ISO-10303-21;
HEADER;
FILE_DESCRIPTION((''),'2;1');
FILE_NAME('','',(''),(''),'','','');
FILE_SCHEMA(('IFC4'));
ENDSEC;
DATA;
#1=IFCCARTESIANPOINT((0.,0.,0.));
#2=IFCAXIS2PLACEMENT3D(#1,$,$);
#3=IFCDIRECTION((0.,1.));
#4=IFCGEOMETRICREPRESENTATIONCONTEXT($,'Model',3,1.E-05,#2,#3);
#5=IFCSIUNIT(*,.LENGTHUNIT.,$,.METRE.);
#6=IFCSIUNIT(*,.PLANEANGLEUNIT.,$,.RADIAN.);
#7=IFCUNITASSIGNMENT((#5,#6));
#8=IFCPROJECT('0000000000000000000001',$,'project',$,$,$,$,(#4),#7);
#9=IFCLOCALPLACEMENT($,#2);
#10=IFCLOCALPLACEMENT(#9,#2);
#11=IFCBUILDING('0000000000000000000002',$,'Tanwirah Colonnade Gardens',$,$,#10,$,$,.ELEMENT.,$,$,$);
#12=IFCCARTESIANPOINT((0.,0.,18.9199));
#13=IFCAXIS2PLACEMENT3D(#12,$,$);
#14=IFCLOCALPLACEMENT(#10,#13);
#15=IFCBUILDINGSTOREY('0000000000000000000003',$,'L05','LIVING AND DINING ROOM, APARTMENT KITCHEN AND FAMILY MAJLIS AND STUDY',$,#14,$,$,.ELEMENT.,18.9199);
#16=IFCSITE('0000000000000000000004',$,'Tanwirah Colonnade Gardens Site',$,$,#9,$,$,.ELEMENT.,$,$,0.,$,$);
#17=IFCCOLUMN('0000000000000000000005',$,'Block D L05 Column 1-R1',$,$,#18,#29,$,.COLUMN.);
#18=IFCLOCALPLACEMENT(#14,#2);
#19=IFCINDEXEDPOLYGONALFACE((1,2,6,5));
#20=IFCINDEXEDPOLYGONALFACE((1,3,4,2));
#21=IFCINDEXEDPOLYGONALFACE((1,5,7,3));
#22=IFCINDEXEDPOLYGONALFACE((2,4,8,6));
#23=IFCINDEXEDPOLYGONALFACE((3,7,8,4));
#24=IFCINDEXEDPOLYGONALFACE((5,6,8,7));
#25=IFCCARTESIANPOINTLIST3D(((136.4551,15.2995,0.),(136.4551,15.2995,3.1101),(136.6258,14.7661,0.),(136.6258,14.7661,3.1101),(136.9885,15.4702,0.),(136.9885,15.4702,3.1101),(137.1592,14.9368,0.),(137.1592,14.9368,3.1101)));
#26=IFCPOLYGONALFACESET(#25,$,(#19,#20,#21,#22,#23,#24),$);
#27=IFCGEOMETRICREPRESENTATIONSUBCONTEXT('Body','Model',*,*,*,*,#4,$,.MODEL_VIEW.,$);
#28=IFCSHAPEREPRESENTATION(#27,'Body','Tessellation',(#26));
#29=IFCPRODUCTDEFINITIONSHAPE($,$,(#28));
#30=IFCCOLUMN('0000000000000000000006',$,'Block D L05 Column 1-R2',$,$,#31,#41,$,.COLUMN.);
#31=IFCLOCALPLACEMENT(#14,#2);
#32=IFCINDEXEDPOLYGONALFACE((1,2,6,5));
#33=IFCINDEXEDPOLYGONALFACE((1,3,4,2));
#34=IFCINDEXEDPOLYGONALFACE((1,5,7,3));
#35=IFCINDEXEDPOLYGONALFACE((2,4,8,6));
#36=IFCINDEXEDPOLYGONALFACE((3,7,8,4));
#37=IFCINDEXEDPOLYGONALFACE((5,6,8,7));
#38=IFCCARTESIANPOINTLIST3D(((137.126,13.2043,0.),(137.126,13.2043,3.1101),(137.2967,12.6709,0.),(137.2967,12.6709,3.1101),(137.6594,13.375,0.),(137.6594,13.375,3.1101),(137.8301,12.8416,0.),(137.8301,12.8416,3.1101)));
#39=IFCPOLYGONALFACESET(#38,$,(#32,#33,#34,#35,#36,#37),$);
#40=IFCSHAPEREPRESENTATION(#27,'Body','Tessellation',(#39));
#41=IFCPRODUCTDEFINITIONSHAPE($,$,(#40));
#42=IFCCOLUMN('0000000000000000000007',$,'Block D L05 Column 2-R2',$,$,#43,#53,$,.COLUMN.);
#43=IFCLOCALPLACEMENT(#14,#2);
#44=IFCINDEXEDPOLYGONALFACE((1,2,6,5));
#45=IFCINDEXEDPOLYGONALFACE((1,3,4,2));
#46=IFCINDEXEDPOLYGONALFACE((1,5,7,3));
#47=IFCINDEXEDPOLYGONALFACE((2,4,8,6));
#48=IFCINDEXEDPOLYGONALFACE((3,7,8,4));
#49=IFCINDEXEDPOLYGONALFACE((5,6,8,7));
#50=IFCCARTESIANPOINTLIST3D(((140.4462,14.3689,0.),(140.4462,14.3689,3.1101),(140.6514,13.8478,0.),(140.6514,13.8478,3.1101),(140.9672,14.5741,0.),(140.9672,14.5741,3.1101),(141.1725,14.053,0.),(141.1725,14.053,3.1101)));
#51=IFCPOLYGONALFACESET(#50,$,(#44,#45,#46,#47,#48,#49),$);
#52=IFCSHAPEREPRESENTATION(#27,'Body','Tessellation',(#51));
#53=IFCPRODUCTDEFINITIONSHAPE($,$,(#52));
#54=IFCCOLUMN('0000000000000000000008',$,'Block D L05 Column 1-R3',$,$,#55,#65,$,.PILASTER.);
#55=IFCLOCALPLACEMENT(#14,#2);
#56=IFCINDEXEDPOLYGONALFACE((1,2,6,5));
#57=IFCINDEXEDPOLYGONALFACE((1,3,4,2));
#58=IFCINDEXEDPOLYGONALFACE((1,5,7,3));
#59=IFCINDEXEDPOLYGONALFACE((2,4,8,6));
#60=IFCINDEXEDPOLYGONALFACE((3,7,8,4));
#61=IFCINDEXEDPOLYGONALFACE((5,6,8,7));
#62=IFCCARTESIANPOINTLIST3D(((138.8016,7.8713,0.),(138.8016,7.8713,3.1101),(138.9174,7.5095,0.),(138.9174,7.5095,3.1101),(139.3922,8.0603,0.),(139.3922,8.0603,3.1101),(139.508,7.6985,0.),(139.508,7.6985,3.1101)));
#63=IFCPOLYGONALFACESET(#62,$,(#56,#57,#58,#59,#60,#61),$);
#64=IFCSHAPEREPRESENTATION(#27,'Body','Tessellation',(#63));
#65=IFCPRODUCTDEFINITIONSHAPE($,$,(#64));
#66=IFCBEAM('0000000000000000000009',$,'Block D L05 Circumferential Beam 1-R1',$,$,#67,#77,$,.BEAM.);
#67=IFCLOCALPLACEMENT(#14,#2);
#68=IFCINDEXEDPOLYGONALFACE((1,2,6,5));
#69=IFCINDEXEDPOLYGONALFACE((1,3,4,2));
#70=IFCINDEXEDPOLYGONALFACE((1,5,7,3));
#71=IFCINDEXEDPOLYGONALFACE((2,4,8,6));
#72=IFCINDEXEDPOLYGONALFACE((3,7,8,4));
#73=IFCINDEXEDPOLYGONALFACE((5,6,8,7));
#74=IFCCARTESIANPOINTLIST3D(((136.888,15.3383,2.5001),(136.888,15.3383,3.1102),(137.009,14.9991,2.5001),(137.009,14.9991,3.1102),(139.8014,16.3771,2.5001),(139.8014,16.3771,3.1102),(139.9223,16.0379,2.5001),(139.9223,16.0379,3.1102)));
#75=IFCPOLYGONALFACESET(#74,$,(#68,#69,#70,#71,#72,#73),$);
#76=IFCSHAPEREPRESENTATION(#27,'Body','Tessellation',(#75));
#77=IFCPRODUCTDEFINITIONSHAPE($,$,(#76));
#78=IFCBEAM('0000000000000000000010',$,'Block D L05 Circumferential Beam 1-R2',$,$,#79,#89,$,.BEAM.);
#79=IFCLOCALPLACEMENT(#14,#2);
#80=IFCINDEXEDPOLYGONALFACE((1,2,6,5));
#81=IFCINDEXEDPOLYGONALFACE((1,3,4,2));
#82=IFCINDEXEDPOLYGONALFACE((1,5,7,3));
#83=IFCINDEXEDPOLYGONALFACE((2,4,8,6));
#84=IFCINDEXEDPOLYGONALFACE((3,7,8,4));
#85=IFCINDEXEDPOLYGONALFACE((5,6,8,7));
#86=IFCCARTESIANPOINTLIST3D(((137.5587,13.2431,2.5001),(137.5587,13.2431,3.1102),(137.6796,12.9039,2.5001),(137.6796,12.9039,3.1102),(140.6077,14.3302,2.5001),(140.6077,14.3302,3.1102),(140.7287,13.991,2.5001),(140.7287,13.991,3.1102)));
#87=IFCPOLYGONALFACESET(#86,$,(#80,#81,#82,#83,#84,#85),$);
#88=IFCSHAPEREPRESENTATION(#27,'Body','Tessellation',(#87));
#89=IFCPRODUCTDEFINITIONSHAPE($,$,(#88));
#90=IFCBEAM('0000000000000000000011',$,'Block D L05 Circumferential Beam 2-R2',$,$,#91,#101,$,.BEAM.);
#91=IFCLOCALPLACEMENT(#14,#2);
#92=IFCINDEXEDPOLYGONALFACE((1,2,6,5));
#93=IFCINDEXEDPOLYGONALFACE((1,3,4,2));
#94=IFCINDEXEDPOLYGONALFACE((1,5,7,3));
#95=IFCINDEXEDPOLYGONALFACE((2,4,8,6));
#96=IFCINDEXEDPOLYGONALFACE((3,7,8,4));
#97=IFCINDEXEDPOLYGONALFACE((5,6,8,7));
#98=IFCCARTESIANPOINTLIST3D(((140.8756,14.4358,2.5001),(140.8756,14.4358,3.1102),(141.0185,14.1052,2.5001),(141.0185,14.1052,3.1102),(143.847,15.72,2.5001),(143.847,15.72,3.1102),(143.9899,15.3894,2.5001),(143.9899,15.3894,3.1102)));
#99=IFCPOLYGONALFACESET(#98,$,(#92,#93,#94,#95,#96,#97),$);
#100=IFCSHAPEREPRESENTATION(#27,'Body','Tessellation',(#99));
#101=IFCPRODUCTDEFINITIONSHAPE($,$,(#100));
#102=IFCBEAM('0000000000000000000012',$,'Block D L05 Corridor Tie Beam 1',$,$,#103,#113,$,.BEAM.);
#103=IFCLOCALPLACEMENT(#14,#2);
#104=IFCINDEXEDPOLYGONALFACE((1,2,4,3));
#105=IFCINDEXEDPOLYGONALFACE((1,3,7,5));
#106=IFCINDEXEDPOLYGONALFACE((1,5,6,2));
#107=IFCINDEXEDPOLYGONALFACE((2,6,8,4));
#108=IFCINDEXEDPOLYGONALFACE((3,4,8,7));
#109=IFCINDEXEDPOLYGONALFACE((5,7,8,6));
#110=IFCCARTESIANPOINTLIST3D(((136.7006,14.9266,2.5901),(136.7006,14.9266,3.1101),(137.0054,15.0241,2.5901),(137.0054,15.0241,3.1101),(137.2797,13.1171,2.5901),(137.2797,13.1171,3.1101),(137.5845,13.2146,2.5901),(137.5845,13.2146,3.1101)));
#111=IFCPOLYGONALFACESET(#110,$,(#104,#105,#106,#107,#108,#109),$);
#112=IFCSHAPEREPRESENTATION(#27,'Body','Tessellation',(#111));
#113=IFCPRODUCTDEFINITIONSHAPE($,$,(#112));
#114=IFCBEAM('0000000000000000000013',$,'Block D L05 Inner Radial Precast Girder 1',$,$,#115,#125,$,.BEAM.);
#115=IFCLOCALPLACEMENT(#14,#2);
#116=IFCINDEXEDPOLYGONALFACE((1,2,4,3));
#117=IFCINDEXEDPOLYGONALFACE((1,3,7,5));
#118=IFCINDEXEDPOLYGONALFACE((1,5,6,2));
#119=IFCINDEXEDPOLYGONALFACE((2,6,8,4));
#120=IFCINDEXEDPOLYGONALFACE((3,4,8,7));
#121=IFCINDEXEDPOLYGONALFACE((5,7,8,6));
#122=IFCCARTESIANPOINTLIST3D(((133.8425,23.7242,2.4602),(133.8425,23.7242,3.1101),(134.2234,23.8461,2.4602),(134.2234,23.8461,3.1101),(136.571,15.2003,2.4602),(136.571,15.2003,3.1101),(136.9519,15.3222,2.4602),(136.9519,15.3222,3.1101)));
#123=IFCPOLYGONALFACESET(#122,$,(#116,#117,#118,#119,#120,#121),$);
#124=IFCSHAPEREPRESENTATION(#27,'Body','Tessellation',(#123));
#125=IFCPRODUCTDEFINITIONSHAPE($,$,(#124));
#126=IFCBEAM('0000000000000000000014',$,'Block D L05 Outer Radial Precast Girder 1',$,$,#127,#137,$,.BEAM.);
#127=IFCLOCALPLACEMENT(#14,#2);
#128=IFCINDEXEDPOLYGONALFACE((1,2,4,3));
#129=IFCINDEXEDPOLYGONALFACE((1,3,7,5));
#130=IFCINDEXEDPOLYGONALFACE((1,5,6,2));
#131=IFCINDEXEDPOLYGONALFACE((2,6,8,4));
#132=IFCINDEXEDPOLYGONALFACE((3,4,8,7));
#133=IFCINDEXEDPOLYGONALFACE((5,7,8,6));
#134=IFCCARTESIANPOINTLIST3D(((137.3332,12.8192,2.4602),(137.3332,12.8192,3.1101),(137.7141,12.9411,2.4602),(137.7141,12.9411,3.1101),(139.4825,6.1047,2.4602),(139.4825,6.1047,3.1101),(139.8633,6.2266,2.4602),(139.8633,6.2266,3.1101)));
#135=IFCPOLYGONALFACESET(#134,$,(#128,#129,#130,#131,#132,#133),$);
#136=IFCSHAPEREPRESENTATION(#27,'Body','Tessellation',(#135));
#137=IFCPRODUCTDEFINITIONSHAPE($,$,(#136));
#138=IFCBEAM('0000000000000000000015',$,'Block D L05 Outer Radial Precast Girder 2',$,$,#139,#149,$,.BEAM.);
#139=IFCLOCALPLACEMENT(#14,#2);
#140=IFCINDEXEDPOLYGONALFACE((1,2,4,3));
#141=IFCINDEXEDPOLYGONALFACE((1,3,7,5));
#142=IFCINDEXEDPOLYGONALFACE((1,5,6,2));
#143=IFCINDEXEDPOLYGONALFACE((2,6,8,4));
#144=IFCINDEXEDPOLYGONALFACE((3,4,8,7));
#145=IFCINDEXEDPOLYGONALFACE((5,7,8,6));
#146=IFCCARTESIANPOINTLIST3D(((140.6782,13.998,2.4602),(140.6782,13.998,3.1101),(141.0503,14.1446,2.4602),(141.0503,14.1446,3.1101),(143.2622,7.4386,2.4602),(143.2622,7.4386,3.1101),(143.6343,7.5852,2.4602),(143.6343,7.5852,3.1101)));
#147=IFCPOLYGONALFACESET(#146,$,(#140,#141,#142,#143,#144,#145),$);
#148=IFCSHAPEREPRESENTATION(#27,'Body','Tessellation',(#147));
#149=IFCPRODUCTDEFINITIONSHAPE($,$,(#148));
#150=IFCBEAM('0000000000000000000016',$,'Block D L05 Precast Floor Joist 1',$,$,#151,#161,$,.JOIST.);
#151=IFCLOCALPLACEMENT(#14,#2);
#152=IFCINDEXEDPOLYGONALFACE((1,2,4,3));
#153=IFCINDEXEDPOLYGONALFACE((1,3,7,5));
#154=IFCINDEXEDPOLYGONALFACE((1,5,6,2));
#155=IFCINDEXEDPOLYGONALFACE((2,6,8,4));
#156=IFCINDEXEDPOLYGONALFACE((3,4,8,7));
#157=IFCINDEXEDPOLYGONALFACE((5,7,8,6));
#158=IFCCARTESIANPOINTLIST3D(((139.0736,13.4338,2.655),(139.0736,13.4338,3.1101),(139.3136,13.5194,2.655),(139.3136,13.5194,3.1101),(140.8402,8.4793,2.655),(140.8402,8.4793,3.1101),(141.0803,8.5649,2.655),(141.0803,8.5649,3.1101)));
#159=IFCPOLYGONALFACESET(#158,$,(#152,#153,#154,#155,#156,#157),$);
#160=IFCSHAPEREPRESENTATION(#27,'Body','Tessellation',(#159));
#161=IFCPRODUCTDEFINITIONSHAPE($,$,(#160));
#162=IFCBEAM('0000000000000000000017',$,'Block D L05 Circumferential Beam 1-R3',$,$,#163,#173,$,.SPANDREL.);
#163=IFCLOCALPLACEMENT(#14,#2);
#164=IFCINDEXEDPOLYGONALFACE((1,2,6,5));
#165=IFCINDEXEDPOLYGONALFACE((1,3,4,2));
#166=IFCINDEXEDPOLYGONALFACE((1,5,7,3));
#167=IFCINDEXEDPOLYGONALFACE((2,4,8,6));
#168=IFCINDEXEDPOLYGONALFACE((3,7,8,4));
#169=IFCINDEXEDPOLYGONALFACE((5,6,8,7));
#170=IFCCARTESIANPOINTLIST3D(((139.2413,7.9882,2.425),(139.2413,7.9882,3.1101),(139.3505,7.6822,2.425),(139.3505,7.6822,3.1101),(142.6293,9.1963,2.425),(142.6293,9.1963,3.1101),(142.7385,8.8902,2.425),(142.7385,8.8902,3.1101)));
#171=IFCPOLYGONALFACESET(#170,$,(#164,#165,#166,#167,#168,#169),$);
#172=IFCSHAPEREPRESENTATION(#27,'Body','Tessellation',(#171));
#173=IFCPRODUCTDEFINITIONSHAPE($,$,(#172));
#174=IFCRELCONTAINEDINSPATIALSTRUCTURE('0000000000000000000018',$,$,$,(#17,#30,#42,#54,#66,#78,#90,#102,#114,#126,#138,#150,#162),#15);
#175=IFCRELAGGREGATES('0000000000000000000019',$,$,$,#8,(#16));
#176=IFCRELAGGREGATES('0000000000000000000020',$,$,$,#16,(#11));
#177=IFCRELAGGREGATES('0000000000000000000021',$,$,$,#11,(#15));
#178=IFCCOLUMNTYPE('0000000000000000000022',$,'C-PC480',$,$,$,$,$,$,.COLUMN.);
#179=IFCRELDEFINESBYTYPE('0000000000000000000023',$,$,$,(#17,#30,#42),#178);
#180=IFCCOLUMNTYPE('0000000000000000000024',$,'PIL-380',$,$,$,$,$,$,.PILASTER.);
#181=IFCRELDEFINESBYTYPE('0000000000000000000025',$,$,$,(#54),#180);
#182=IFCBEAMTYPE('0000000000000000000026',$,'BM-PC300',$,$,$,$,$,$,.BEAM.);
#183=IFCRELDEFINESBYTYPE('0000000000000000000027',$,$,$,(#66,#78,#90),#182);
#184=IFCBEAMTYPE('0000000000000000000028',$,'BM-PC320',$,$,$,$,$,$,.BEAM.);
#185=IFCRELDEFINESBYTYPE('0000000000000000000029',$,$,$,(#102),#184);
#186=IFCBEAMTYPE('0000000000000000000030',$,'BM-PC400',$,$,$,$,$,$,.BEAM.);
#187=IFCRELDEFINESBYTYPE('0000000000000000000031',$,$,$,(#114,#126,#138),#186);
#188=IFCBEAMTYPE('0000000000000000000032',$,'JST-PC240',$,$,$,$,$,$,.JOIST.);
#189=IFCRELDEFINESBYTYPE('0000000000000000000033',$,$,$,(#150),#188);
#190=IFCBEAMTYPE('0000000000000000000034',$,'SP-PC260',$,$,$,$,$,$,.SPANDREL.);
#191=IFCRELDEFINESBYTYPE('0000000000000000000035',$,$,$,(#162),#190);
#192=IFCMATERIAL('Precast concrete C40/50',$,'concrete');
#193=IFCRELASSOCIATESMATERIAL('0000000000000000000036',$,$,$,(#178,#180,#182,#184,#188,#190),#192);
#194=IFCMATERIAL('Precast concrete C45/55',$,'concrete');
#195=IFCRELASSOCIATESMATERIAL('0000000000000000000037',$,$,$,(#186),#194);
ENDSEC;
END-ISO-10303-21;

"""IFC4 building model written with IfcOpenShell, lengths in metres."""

from ifc_helpers import new_model, si_unit, direction, frame, origin, origin_2d, place, context, subcontext, project, spatial, rectangle, extrude, material, material_profile, profile_set, type_object, element, save


model = new_model("IFC4")

# Units and contexts
model_context = context("Model", 3, precision=1e-05, world=origin(), true_north=direction((0.0, 1.0)))
body_context = subcontext(model_context, "Body", "Model", "MODEL_VIEW")
ifc_project = project(units=[si_unit("LENGTHUNIT", "METRE"), si_unit("PLANEANGLEUNIT", "RADIAN")], contexts=[model_context])

# Site, building, storey
site_placement = place(None, origin())
site = spatial("IfcSite", under=ifc_project, at=site_placement, Name="Tanwirah Colonnade Gardens Site", CompositionType="ELEMENT", RefElevation=0.0)
building_placement = place(site_placement, origin())
building = spatial("IfcBuilding", under=site, at=building_placement, Name="Tanwirah Colonnade Gardens", CompositionType="ELEMENT")
storey_placement = place(building_placement, frame((0.0, 0.0, 18.9199)))
storey = spatial("IfcBuildingStorey", under=building, at=storey_placement, Name="L05", Description="LIVING AND DINING ROOM, APARTMENT KITCHEN AND FAMILY MAJLIS AND STUDY", CompositionType="ELEMENT", Elevation=18.9199)

# Columns
ifc_material_1 = material(Name="Precast concrete C40/50", Category="concrete")
ifc_material_profile_1 = material_profile(ifc_material_1, rectangle(XDim=0.5601, YDim=0.5601, at=origin_2d()), Name="PC-COL 560x560")
ifc_profile_set_1 = profile_set([ifc_material_profile_1], Name="Precast concrete C40/50")
column_type_1 = type_object("IfcColumnType", Name="C-PC480", PredefinedType="COLUMN", material=ifc_profile_set_1)
for number, where, z_axis, x_axis, name in (
    (1, (136.8071, 15.1182, 0.0), (0.0, 0.0, 1.0), (0.304864, -0.952396, 0.0), "Block D L05 Column 1-R1"),
    (2, (137.478, 13.0229, 0.0), (0.0, 0.0, 1.0), (0.304864, -0.952396, 0.0), "Block D L05 Column 1-R2"),
    (3, (140.8093, 14.2109, 0.0), (0.0, 0.0, 1.0), (0.366501, -0.930418, 0.0), "Block D L05 Column 2-R2"),
):
    element("IfcColumn", number, at=place(storey_placement, frame(where, z_axis=z_axis, x_axis=x_axis)), inside=storey, type_object=column_type_1, Name=name, PredefinedType="COLUMN", context=body_context, shape_type="SweptSolid", body=[
        extrude(rectangle(XDim=0.5601, YDim=0.5601, at=origin_2d()), origin(), (0.0, 0.0, 1.0), 3.1101),
    ])
ifc_material_profile_2 = material_profile(ifc_material_1, rectangle(XDim=0.3799, YDim=0.6201, at=origin_2d()), Name="PC-PIL 380x620")
ifc_profile_set_2 = profile_set([ifc_material_profile_2], Name="Precast concrete C40/50")
column_type_2 = type_object("IfcColumnType", Name="PIL-380", PredefinedType="PILASTER", material=ifc_profile_set_2)
column_placement = place(storey_placement, frame((139.1548, 7.7849, 0.0), z_axis=(0.0, 0.0, 1.0), x_axis=(0.304864, -0.952396, 0.0)))
element("IfcColumn", 4, at=column_placement, inside=storey, type_object=column_type_2, Name="Block D L05 Column 1-R3", PredefinedType="PILASTER", context=body_context, shape_type="SweptSolid", body=[
    extrude(rectangle(XDim=0.3799, YDim=0.6201, at=origin_2d()), origin(), (0.0, 0.0, 1.0), 3.1101),
])

# Beams
ifc_material_profile_3 = material_profile(ifc_material_1, rectangle(XDim=0.3601, YDim=0.6101, at=origin_2d()), Name="PC-BM 360x610")
ifc_profile_set_3 = profile_set([ifc_material_profile_3], Name="Precast concrete C40/50")
beam_type_1 = type_object("IfcBeamType", Name="BM-PC300", PredefinedType="BEAM", material=ifc_profile_set_3)
beam_1_placement = place(storey_placement, frame((136.9485, 15.1687, 2.8052), z_axis=(0.941911, 0.335861, 0.0), x_axis=(-0.335861, 0.941911, 0.0)))
element("IfcBeam", 5, at=beam_1_placement, inside=storey, type_object=beam_type_1, Name="Block D L05 Circumferential Beam 1-R1", PredefinedType="BEAM", context=body_context, shape_type="SweptSolid", body=[
    extrude(rectangle(XDim=0.3601, YDim=0.6101, at=origin_2d()), origin(), (0.0, 0.0, 1.0), 3.093),
])
for number, where, z_axis, x_axis, name in (
    (6, (137.6191, 13.0735, 2.8052), (0.941918, 0.335844, 0.0), (-0.335844, 0.941918, 0.0), "Block D L05 Circumferential Beam 1-R2"),
    (7, (140.947, 14.2705, 2.8052), (0.917943, 0.396712, 0.0), (-0.396712, 0.917943, 0.0), "Block D L05 Circumferential Beam 2-R2"),
):
    element("IfcBeam", number, at=place(storey_placement, frame(where, z_axis=z_axis, x_axis=x_axis)), inside=storey, type_object=beam_type_1, Name=name, PredefinedType="BEAM", context=body_context, shape_type="SweptSolid", body=[
        extrude(rectangle(XDim=0.3601, YDim=0.6101, at=origin_2d()), origin(), (0.0, 0.0, 1.0), 3.2371),
    ])
ifc_material_profile_4 = material_profile(ifc_material_1, rectangle(XDim=0.3201, YDim=0.52, at=origin_2d()), Name="PC-BM 320x520")
ifc_profile_set_4 = profile_set([ifc_material_profile_4], Name="Precast concrete C40/50")
beam_type_2 = type_object("IfcBeamType", Name="BM-PC320", PredefinedType="BEAM", material=ifc_profile_set_4)
beam_2_placement = place(storey_placement, frame((136.853, 14.9753, 2.8501), z_axis=(0.304794, -0.952418, 0.0), x_axis=(0.952418, 0.304794, 0.0)))
element("IfcBeam", 8, at=beam_2_placement, inside=storey, type_object=beam_type_2, Name="Block D L05 Corridor Tie Beam 1", PredefinedType="BEAM", context=body_context, shape_type="SweptSolid", body=[
    extrude(rectangle(XDim=0.3201, YDim=0.52, at=origin_2d()), origin(), (0.0, 0.0, 1.0), 1.8999),
])
ifc_material_2 = material(Name="Precast concrete C45/55", Category="concrete")
ifc_material_profile_5 = material_profile(ifc_material_2, rectangle(XDim=0.3999, YDim=0.6499, at=origin_2d()), Name="PC-BM 400x650")
ifc_profile_set_5 = profile_set([ifc_material_profile_5], Name="Precast concrete C45/55")
beam_type_3 = type_object("IfcBeamType", Name="BM-PC400", PredefinedType="BEAM", material=ifc_profile_set_5)
beam_3_placement = place(storey_placement, frame((136.7615, 15.2612, 2.7852), z_axis=(-0.304863, 0.952396, 0.0), x_axis=(-0.952396, -0.304863, 0.0)))
element("IfcBeam", 9, at=beam_3_placement, inside=storey, type_object=beam_type_3, Name="Block D L05 Inner Radial Precast Girder 1", PredefinedType="BEAM", context=body_context, shape_type="SweptSolid", body=[
    extrude(rectangle(XDim=0.3999, YDim=0.6499, at=origin_2d()), origin(), (0.0, 0.0, 1.0), 8.95),
])
for number, where, z_axis, x_axis, name in (
    (10, (137.5237, 12.8801, 2.7852), (0.30485, -0.9524, 0.0), (0.9524, 0.30485, 0.0), "Block D L05 Outer Radial Precast Girder 1"),
    (11, (140.8643, 14.0713, 2.7852), (0.366525, -0.930408, 0.0), (0.930408, 0.366525, 0.0), "Block D L05 Outer Radial Precast Girder 2"),
):
    element("IfcBeam", number, at=place(storey_placement, frame(where, z_axis=z_axis, x_axis=x_axis)), inside=storey, type_object=beam_type_3, Name=name, PredefinedType="BEAM", context=body_context, shape_type="SweptSolid", body=[
        extrude(rectangle(XDim=0.3999, YDim=0.6499, at=origin_2d()), origin(), (0.0, 0.0, 1.0), 7.05),
    ])
ifc_material_profile_6 = material_profile(ifc_material_1, rectangle(XDim=0.2549, YDim=0.4551, at=origin_2d()), Name="PC-JST 255x455")
ifc_profile_set_6 = profile_set([ifc_material_profile_6], Name="Precast concrete C40/50")
beam_type_4 = type_object("IfcBeamType", Name="JST-PC240", PredefinedType="JOIST", material=ifc_profile_set_6)
beam_4_placement = place(storey_placement, frame((139.1936, 13.4766, 2.8826), z_axis=(0.335863, -0.941911, 0.0), x_axis=(0.941911, 0.335863, 0.0)))
element("IfcBeam", 12, at=beam_4_placement, inside=storey, type_object=beam_type_4, Name="Block D L05 Precast Floor Joist 1", PredefinedType="JOIST", context=body_context, shape_type="SweptSolid", body=[
    extrude(rectangle(XDim=0.2549, YDim=0.4551, at=origin_2d()), origin(), (0.0, 0.0, 1.0), 5.26),
])
ifc_material_profile_7 = material_profile(ifc_material_1, rectangle(XDim=0.325, YDim=0.6851, at=origin_2d()), Name="PC-SP 325x685")
ifc_profile_set_7 = profile_set([ifc_material_profile_7], Name="Precast concrete C40/50")
beam_type_5 = type_object("IfcBeamType", Name="SP-PC260", PredefinedType="SPANDREL", material=ifc_profile_set_7)
beam_5_placement = place(storey_placement, frame((139.2959, 7.8352, 2.7676), z_axis=(0.941915, 0.33585, 0.0), x_axis=(-0.33585, 0.941915, 0.0)))
element("IfcBeam", 13, at=beam_5_placement, inside=storey, type_object=beam_type_5, Name="Block D L05 Circumferential Beam 1-R3", PredefinedType="SPANDREL", context=body_context, shape_type="SweptSolid", body=[
    extrude(rectangle(XDim=0.325, YDim=0.6851, at=origin_2d()), origin(), (0.0, 0.0, 1.0), 3.5969),
])

save(model, "model.ifc")
